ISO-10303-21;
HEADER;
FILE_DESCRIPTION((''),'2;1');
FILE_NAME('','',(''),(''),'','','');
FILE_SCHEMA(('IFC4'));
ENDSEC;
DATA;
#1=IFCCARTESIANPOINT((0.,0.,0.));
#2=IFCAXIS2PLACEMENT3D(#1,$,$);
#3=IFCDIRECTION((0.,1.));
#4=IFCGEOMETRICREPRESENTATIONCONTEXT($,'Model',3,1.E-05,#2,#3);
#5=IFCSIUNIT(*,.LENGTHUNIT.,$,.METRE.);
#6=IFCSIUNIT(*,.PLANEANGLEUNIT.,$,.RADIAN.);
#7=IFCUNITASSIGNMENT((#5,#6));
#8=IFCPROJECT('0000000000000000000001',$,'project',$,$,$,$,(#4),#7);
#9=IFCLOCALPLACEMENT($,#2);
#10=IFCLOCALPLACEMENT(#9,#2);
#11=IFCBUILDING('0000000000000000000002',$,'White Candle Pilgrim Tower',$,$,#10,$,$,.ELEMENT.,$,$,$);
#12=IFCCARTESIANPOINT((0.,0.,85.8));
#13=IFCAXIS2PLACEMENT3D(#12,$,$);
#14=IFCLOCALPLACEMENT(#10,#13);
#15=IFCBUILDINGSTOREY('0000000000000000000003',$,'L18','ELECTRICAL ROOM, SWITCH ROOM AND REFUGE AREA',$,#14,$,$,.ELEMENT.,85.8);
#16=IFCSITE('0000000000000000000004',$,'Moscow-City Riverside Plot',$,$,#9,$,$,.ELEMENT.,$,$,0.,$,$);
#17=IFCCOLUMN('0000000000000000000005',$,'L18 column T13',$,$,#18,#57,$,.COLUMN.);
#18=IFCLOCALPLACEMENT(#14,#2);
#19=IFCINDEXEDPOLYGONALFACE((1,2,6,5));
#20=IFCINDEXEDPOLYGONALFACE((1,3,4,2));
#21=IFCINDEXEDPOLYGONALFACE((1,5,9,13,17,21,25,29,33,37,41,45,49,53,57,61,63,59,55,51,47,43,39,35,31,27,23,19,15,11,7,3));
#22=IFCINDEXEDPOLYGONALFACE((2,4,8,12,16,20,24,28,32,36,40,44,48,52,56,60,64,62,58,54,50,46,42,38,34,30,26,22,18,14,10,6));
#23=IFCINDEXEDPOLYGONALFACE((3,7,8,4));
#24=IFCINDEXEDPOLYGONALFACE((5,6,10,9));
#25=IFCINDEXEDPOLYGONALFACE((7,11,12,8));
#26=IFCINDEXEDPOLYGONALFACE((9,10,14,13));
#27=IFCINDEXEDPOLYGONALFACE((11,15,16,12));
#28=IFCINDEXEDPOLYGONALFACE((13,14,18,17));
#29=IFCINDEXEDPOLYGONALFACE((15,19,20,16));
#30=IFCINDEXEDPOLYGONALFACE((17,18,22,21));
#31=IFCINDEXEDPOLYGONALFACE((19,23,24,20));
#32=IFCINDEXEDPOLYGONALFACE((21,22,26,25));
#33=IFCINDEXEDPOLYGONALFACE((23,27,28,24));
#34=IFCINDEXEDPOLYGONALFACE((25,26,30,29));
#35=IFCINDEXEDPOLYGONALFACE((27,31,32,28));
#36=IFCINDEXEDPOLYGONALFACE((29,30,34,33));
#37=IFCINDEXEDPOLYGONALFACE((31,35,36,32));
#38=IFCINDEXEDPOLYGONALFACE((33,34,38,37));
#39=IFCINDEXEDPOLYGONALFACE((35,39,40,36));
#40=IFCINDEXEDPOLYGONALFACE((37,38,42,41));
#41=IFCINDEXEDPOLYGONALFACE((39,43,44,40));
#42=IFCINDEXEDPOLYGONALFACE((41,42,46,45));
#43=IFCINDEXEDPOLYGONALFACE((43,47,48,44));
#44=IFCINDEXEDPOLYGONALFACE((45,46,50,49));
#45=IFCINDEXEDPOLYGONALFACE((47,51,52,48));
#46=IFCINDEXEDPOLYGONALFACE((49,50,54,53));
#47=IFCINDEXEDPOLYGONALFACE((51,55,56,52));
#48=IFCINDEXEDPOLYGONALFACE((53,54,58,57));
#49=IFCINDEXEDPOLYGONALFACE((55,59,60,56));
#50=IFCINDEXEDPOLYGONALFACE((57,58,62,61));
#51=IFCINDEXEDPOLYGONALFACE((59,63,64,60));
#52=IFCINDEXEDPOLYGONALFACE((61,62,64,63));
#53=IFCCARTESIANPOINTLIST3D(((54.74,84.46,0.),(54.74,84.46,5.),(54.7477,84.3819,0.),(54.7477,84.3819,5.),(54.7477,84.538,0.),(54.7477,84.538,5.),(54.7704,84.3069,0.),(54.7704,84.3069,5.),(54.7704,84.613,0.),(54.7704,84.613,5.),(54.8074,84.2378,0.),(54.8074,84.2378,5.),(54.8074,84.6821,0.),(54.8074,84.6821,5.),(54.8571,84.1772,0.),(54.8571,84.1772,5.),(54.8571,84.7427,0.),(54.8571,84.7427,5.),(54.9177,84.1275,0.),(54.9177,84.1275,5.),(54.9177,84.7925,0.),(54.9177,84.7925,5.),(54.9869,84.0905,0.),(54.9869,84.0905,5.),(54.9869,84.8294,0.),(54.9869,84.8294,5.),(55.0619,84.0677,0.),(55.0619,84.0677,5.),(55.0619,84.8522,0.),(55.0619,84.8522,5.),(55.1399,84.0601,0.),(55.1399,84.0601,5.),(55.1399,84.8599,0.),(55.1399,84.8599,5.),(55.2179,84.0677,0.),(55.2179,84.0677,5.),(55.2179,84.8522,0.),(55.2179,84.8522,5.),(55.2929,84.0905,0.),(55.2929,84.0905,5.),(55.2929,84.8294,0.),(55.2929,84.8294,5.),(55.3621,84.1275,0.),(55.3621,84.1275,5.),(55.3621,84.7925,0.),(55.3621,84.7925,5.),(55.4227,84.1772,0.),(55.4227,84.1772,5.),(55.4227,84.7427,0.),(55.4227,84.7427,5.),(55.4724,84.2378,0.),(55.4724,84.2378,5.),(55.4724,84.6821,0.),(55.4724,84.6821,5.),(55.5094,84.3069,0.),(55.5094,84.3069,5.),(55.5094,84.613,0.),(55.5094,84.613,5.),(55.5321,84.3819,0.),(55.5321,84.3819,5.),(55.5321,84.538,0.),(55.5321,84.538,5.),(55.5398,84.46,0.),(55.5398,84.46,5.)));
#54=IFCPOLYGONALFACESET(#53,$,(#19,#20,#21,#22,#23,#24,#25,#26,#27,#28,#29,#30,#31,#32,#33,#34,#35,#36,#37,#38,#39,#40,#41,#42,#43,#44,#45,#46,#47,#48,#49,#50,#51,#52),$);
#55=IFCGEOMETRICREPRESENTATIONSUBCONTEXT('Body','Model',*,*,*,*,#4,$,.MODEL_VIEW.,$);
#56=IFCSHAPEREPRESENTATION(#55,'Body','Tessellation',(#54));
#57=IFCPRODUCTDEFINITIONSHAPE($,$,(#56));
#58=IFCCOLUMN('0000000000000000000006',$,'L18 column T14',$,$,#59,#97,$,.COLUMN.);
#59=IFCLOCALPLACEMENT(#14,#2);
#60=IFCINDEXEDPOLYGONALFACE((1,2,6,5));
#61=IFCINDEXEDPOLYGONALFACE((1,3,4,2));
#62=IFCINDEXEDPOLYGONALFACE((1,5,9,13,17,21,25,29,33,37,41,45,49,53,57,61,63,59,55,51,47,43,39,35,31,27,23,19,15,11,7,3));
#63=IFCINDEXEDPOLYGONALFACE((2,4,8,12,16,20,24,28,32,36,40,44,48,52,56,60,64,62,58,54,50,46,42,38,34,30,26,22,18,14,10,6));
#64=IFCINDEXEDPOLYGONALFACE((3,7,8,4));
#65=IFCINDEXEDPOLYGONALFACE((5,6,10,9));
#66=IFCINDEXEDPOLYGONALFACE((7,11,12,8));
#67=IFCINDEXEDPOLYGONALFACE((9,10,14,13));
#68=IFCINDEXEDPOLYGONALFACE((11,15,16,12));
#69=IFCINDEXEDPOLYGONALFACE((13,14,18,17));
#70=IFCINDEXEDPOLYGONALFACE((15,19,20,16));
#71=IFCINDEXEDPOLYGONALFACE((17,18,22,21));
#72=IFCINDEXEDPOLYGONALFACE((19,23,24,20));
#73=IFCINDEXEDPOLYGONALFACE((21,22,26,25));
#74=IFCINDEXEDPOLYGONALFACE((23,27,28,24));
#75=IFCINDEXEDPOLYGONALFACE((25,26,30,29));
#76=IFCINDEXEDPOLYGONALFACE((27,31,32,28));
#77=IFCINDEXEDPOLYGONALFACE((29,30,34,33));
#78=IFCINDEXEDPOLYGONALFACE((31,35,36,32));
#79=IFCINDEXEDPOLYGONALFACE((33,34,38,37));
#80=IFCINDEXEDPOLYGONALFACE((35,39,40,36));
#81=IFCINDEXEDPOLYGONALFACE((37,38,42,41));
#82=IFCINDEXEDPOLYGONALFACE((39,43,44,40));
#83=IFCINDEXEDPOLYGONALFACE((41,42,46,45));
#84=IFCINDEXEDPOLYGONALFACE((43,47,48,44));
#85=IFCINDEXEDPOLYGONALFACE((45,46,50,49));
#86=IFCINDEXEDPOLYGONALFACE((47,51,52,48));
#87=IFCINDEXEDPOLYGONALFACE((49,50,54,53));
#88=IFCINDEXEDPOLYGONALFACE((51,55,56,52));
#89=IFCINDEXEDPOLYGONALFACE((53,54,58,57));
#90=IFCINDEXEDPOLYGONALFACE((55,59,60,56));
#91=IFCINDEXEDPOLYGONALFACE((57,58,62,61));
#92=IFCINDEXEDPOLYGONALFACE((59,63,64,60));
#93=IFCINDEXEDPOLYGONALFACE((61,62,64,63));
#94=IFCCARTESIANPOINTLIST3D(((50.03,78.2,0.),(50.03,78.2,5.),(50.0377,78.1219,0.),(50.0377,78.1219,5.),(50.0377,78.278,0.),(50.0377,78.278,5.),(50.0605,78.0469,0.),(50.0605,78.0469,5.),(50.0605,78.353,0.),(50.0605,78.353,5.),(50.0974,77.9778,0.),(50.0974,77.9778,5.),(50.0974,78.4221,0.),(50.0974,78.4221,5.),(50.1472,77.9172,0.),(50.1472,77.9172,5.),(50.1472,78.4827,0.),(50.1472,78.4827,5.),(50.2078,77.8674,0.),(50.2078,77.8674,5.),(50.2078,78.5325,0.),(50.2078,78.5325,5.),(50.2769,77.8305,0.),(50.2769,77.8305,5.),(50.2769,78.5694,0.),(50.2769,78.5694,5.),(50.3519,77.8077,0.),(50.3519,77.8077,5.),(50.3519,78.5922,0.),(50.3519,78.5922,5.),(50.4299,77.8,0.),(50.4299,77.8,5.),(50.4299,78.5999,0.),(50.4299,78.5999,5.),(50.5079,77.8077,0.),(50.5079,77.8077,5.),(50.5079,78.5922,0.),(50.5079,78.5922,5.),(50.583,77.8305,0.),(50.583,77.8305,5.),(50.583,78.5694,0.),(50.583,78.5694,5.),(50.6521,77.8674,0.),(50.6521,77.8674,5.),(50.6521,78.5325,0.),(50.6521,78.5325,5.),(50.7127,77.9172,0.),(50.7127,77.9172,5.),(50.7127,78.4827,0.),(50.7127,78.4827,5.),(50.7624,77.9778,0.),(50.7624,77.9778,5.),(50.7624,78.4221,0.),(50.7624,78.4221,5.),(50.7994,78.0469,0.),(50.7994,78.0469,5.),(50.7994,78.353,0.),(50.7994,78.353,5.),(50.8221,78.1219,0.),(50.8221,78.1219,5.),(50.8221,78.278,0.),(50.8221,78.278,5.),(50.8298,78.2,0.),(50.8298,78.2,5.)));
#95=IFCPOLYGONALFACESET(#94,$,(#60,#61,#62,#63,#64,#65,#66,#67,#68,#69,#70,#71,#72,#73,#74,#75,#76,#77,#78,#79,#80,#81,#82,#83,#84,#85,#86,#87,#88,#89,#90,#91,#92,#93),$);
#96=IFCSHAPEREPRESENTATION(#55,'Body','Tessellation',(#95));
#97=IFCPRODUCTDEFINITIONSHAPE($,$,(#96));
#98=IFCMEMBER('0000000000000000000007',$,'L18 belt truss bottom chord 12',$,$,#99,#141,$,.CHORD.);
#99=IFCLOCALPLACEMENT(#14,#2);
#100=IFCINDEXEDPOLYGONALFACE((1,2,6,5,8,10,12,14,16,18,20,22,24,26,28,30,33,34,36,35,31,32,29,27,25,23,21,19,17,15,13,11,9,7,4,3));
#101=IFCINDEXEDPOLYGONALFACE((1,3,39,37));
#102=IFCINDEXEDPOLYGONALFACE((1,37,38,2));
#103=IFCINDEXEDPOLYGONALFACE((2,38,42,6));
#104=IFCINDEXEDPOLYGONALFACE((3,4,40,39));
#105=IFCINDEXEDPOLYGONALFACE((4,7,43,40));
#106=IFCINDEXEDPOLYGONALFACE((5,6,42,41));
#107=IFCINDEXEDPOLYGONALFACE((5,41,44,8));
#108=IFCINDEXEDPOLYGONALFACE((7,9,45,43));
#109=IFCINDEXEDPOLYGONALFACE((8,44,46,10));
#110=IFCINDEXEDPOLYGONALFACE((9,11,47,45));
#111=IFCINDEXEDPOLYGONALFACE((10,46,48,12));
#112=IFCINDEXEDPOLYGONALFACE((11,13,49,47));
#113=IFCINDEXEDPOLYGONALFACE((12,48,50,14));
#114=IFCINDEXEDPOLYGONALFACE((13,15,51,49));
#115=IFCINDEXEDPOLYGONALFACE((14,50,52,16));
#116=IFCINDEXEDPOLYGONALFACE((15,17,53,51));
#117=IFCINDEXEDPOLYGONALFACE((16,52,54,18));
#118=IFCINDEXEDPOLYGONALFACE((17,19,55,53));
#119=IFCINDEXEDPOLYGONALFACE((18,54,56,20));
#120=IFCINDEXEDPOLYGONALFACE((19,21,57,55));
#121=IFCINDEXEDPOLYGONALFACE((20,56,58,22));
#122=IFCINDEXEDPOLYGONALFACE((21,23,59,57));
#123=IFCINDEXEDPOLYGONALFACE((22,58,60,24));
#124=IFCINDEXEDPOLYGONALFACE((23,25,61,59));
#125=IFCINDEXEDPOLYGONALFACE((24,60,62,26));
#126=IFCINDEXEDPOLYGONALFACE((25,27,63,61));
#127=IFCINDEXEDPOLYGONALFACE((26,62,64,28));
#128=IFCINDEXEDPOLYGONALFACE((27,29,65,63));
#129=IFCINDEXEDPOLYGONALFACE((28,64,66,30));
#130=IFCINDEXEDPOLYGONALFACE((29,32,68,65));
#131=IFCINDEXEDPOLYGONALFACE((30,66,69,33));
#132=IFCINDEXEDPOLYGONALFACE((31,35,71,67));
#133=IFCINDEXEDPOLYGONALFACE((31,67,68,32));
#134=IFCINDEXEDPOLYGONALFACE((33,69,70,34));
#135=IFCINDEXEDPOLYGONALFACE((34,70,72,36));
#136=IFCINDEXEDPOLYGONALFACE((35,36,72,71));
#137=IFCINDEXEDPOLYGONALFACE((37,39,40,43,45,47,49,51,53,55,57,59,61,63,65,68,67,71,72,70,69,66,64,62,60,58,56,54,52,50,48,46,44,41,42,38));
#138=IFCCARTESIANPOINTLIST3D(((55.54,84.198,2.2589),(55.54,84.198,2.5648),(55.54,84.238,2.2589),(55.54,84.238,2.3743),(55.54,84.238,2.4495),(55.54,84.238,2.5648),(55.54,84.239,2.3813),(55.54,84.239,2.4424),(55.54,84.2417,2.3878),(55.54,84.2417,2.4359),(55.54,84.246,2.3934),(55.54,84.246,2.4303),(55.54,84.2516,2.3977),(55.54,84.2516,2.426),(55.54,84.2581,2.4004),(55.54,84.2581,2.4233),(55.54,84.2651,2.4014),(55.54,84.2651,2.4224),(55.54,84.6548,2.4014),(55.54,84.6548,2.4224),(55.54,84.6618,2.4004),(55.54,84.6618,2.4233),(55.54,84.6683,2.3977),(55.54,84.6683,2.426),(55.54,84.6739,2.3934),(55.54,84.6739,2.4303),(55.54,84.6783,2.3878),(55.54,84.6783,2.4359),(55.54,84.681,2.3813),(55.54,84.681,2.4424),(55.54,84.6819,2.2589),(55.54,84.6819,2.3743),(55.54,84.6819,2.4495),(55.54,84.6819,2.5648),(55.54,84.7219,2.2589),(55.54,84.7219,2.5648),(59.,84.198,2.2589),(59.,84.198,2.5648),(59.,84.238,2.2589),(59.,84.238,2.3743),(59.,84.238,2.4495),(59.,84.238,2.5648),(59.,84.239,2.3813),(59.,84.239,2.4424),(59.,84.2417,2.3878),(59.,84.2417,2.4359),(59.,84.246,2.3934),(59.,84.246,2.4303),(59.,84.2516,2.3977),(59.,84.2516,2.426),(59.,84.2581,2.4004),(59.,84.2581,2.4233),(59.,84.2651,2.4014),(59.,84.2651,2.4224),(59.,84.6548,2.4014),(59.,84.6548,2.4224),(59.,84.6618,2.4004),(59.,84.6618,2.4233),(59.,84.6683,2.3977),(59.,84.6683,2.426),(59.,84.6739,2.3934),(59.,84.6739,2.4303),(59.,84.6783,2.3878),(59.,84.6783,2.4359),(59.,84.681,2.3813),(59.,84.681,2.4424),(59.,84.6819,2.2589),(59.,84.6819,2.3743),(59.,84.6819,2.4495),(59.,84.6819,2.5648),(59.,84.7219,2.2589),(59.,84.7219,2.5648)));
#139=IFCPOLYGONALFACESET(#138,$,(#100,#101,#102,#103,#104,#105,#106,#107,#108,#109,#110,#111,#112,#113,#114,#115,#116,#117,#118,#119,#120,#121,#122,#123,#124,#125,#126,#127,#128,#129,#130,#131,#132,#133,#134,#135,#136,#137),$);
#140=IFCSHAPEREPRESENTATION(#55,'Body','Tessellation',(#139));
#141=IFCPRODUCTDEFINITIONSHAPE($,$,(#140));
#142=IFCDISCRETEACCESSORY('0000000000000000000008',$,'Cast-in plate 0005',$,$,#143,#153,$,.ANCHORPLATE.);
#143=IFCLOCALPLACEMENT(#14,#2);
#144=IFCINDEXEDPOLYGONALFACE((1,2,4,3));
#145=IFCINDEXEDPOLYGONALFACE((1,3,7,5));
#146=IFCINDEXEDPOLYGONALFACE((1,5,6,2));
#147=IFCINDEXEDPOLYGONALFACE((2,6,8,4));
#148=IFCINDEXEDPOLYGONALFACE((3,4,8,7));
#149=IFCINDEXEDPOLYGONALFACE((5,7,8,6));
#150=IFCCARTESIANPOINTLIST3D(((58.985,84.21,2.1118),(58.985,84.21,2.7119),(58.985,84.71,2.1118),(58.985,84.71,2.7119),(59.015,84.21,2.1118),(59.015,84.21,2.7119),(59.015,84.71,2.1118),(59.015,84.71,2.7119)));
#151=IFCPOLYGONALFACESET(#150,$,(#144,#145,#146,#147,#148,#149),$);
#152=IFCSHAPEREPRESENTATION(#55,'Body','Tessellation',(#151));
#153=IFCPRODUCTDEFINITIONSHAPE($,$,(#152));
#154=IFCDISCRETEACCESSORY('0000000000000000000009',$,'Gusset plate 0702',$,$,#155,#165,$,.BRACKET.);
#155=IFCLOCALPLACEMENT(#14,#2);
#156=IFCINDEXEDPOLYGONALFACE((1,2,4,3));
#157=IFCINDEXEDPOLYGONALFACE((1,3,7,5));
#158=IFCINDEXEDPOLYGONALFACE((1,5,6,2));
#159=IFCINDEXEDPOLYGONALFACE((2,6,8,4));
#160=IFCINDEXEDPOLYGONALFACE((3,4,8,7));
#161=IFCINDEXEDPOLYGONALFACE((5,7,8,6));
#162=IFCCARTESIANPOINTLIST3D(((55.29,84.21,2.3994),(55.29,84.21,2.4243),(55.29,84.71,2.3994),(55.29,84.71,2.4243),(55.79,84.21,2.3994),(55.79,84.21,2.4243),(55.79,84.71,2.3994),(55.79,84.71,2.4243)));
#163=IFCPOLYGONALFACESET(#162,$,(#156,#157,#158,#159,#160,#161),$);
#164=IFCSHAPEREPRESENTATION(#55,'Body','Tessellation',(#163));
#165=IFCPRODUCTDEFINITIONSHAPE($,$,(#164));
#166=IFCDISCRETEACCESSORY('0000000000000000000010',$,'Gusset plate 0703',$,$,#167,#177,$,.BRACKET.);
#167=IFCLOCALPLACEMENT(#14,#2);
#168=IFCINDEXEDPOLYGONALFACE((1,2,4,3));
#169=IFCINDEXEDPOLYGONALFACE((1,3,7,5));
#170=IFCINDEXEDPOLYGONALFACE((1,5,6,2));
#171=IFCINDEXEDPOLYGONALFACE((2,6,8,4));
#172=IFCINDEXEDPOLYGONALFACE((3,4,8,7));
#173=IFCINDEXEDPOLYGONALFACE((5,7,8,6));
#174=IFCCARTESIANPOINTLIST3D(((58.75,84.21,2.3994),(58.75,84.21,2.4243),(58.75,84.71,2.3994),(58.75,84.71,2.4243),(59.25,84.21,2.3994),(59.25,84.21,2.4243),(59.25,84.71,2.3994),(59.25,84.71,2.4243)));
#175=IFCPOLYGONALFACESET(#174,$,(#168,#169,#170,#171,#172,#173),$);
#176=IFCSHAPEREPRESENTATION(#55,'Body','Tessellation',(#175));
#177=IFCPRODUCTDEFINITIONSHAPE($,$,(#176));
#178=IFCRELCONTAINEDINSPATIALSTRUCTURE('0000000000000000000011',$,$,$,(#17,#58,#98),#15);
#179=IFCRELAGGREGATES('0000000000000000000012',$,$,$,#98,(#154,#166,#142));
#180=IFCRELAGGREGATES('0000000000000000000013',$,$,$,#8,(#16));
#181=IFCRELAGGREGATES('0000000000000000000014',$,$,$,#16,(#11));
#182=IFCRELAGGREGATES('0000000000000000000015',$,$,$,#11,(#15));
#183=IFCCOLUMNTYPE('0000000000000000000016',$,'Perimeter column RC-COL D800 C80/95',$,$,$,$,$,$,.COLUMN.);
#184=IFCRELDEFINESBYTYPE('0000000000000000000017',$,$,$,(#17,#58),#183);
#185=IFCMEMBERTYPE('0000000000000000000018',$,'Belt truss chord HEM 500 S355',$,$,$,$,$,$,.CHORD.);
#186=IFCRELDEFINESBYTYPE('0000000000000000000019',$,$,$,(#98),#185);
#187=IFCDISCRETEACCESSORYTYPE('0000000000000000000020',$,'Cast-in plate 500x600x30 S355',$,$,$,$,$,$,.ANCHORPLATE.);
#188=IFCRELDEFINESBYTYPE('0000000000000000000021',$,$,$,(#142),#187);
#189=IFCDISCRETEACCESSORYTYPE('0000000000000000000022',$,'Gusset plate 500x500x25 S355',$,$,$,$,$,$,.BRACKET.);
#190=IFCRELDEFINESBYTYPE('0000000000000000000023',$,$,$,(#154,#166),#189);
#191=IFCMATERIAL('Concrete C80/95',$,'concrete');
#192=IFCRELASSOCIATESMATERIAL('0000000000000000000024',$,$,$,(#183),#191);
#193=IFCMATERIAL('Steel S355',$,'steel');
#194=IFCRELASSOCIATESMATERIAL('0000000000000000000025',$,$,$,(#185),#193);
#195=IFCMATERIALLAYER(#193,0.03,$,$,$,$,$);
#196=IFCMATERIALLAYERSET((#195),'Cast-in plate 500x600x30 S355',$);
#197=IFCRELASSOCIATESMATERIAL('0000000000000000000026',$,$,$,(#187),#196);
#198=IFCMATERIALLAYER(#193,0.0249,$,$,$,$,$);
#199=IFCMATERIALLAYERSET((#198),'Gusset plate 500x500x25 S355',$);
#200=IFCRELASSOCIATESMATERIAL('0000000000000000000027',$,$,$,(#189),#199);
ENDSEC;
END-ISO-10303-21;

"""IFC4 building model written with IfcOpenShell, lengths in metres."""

from ifc_helpers import new_model, si_unit, direction, frame, origin, origin_2d, place, context, subcontext, project, spatial, rectangle, circle, i_section, extrude, material, layer, layer_set, material_profile, profile_set, type_object, element, aggregate, save


model = new_model("IFC4")

# Units and contexts
model_context = context("Model", 3, precision=1e-05, world=origin(), true_north=direction((0.0, 1.0)))
body_context = subcontext(model_context, "Body", "Model", "MODEL_VIEW")
ifc_project = project(units=[si_unit("LENGTHUNIT", "METRE"), si_unit("PLANEANGLEUNIT", "RADIAN")], contexts=[model_context])

# Site, building, storey
site_placement = place(None, origin())
site = spatial("IfcSite", under=ifc_project, at=site_placement, Name="Moscow-City Riverside Plot", CompositionType="ELEMENT", RefElevation=0.0)
building_placement = place(site_placement, origin())
building = spatial("IfcBuilding", under=site, at=building_placement, Name="White Candle Pilgrim Tower", CompositionType="ELEMENT")
storey_placement = place(building_placement, frame((0.0, 0.0, 85.8)))
storey = spatial("IfcBuildingStorey", under=building, at=storey_placement, Name="L18", Description="ELECTRICAL ROOM, SWITCH ROOM AND REFUGE AREA", CompositionType="ELEMENT", Elevation=85.8)

# Columns
ifc_material_1 = material(Name="Concrete C80/95", Category="concrete")
ifc_material_profile_1 = material_profile(ifc_material_1, circle(Radius=0.3999, at=origin_2d()), Name="RC-COL D800")
ifc_profile_set_1 = profile_set([ifc_material_profile_1], Name="Concrete C80/95")
column_type = type_object("IfcColumnType", Name="Perimeter column RC-COL D800 C80/95", PredefinedType="COLUMN", material=ifc_profile_set_1)
for number, where, z_axis, x_axis, name in (
    (1, (55.1399, 84.46, 0.0), (0.0, 0.0, 1.0), (1.0, 0.0, 0.0), "L18 column T13"),
    (2, (50.4299, 78.2, 0.0), (0.0, 0.0, 1.0), (1.0, 0.0, 0.0), "L18 column T14"),
):
    element("IfcColumn", number, at=place(storey_placement, frame(where, z_axis=z_axis, x_axis=x_axis)), inside=storey, type_object=column_type, Name=name, PredefinedType="COLUMN", context=body_context, shape_type="SweptSolid", body=[
        extrude(circle(Radius=0.3999, at=origin_2d()), origin(), (0.0, 0.0, 1.0), 5.0),
    ])

# Member
ifc_material_2 = material(Name="Steel S355", Category="steel")
ifc_material_profile_2 = material_profile(ifc_material_2, i_section(OverallWidth=0.3059, OverallDepth=0.5239, WebThickness=0.021, FlangeThickness=0.04, FilletRadius=0.0271, at=origin_2d()), Name="HEM 500")
ifc_profile_set_2 = profile_set([ifc_material_profile_2], Name="Steel S355")
member_type_1 = type_object("IfcMemberType", Name="Belt truss chord HEM 500 S355", PredefinedType="CHORD", material=ifc_profile_set_2)
member_1_placement = place(storey_placement, frame((55.54, 84.46, 2.4119), z_axis=(1.0, 0.0, 0.0), x_axis=(0.0, 0.0, 1.0)))
member_1 = element("IfcMember", 3, at=member_1_placement, inside=storey, type_object=member_type_1, Name="L18 belt truss bottom chord 12", PredefinedType="CHORD", context=body_context, shape_type="SweptSolid", body=[
    extrude(i_section(OverallWidth=0.3059, OverallDepth=0.5239, WebThickness=0.021, FlangeThickness=0.04, FilletRadius=0.0271, at=origin_2d()), origin(), (0.0, 0.0, 1.0), 3.46),
])

# Discrete accessories
ifc_layer_1 = layer(ifc_material_2, 0.03)
ifc_layer_set_1 = layer_set([ifc_layer_1], Name="Cast-in plate 500x600x30 S355")
discrete_accessory_type_1 = type_object("IfcDiscreteAccessoryType", Name="Cast-in plate 500x600x30 S355", PredefinedType="ANCHORPLATE", material=ifc_layer_set_1)
discrete_accessory_1_placement = place(storey_placement, frame((59.0, 84.46, 2.1118), z_axis=(0.0, 0.0, 1.0), x_axis=(-1.0, 0.0, 0.0)))
discrete_accessory_1 = element("IfcDiscreteAccessory", 4, at=discrete_accessory_1_placement, type_object=discrete_accessory_type_1, Name="Cast-in plate 0005", PredefinedType="ANCHORPLATE", context=body_context, shape_type="SweptSolid", body=[
    extrude(rectangle(XDim=0.03, YDim=0.5, at=origin_2d()), origin(), (0.0, 0.0, 1.0), 0.6001),
])
ifc_layer_2 = layer(ifc_material_2, 0.0249)
ifc_layer_set_2 = layer_set([ifc_layer_2], Name="Gusset plate 500x500x25 S355")
discrete_accessory_type_2 = type_object("IfcDiscreteAccessoryType", Name="Gusset plate 500x500x25 S355", PredefinedType="BRACKET", material=ifc_layer_set_2)
discrete_accessory_2_placement = place(storey_placement, frame((55.54, 84.46, 2.3994), z_axis=(0.0, 0.0, 1.0), x_axis=(1.0, 0.0, 0.0)))
discrete_accessory_2 = element("IfcDiscreteAccessory", 5, at=discrete_accessory_2_placement, type_object=discrete_accessory_type_2, Name="Gusset plate 0702", PredefinedType="BRACKET", context=body_context, shape_type="SweptSolid", body=[
    extrude(rectangle(XDim=0.5, YDim=0.5, at=origin_2d()), origin(), (0.0, 0.0, 1.0), 0.0249),
])
discrete_accessory_3_placement = place(storey_placement, frame((59.0, 84.46, 2.3994), z_axis=(0.0, 0.0, 1.0), x_axis=(1.0, 0.0, 0.0)))
discrete_accessory_3 = element("IfcDiscreteAccessory", 6, at=discrete_accessory_3_placement, type_object=discrete_accessory_type_2, Name="Gusset plate 0703", PredefinedType="BRACKET", context=body_context, shape_type="SweptSolid", body=[
    extrude(rectangle(XDim=0.5, YDim=0.5, at=origin_2d()), origin(), (0.0, 0.0, 1.0), 0.0249),
])
aggregate(member_1, [discrete_accessory_2, discrete_accessory_3, discrete_accessory_1])

save(model, "model.ifc")
